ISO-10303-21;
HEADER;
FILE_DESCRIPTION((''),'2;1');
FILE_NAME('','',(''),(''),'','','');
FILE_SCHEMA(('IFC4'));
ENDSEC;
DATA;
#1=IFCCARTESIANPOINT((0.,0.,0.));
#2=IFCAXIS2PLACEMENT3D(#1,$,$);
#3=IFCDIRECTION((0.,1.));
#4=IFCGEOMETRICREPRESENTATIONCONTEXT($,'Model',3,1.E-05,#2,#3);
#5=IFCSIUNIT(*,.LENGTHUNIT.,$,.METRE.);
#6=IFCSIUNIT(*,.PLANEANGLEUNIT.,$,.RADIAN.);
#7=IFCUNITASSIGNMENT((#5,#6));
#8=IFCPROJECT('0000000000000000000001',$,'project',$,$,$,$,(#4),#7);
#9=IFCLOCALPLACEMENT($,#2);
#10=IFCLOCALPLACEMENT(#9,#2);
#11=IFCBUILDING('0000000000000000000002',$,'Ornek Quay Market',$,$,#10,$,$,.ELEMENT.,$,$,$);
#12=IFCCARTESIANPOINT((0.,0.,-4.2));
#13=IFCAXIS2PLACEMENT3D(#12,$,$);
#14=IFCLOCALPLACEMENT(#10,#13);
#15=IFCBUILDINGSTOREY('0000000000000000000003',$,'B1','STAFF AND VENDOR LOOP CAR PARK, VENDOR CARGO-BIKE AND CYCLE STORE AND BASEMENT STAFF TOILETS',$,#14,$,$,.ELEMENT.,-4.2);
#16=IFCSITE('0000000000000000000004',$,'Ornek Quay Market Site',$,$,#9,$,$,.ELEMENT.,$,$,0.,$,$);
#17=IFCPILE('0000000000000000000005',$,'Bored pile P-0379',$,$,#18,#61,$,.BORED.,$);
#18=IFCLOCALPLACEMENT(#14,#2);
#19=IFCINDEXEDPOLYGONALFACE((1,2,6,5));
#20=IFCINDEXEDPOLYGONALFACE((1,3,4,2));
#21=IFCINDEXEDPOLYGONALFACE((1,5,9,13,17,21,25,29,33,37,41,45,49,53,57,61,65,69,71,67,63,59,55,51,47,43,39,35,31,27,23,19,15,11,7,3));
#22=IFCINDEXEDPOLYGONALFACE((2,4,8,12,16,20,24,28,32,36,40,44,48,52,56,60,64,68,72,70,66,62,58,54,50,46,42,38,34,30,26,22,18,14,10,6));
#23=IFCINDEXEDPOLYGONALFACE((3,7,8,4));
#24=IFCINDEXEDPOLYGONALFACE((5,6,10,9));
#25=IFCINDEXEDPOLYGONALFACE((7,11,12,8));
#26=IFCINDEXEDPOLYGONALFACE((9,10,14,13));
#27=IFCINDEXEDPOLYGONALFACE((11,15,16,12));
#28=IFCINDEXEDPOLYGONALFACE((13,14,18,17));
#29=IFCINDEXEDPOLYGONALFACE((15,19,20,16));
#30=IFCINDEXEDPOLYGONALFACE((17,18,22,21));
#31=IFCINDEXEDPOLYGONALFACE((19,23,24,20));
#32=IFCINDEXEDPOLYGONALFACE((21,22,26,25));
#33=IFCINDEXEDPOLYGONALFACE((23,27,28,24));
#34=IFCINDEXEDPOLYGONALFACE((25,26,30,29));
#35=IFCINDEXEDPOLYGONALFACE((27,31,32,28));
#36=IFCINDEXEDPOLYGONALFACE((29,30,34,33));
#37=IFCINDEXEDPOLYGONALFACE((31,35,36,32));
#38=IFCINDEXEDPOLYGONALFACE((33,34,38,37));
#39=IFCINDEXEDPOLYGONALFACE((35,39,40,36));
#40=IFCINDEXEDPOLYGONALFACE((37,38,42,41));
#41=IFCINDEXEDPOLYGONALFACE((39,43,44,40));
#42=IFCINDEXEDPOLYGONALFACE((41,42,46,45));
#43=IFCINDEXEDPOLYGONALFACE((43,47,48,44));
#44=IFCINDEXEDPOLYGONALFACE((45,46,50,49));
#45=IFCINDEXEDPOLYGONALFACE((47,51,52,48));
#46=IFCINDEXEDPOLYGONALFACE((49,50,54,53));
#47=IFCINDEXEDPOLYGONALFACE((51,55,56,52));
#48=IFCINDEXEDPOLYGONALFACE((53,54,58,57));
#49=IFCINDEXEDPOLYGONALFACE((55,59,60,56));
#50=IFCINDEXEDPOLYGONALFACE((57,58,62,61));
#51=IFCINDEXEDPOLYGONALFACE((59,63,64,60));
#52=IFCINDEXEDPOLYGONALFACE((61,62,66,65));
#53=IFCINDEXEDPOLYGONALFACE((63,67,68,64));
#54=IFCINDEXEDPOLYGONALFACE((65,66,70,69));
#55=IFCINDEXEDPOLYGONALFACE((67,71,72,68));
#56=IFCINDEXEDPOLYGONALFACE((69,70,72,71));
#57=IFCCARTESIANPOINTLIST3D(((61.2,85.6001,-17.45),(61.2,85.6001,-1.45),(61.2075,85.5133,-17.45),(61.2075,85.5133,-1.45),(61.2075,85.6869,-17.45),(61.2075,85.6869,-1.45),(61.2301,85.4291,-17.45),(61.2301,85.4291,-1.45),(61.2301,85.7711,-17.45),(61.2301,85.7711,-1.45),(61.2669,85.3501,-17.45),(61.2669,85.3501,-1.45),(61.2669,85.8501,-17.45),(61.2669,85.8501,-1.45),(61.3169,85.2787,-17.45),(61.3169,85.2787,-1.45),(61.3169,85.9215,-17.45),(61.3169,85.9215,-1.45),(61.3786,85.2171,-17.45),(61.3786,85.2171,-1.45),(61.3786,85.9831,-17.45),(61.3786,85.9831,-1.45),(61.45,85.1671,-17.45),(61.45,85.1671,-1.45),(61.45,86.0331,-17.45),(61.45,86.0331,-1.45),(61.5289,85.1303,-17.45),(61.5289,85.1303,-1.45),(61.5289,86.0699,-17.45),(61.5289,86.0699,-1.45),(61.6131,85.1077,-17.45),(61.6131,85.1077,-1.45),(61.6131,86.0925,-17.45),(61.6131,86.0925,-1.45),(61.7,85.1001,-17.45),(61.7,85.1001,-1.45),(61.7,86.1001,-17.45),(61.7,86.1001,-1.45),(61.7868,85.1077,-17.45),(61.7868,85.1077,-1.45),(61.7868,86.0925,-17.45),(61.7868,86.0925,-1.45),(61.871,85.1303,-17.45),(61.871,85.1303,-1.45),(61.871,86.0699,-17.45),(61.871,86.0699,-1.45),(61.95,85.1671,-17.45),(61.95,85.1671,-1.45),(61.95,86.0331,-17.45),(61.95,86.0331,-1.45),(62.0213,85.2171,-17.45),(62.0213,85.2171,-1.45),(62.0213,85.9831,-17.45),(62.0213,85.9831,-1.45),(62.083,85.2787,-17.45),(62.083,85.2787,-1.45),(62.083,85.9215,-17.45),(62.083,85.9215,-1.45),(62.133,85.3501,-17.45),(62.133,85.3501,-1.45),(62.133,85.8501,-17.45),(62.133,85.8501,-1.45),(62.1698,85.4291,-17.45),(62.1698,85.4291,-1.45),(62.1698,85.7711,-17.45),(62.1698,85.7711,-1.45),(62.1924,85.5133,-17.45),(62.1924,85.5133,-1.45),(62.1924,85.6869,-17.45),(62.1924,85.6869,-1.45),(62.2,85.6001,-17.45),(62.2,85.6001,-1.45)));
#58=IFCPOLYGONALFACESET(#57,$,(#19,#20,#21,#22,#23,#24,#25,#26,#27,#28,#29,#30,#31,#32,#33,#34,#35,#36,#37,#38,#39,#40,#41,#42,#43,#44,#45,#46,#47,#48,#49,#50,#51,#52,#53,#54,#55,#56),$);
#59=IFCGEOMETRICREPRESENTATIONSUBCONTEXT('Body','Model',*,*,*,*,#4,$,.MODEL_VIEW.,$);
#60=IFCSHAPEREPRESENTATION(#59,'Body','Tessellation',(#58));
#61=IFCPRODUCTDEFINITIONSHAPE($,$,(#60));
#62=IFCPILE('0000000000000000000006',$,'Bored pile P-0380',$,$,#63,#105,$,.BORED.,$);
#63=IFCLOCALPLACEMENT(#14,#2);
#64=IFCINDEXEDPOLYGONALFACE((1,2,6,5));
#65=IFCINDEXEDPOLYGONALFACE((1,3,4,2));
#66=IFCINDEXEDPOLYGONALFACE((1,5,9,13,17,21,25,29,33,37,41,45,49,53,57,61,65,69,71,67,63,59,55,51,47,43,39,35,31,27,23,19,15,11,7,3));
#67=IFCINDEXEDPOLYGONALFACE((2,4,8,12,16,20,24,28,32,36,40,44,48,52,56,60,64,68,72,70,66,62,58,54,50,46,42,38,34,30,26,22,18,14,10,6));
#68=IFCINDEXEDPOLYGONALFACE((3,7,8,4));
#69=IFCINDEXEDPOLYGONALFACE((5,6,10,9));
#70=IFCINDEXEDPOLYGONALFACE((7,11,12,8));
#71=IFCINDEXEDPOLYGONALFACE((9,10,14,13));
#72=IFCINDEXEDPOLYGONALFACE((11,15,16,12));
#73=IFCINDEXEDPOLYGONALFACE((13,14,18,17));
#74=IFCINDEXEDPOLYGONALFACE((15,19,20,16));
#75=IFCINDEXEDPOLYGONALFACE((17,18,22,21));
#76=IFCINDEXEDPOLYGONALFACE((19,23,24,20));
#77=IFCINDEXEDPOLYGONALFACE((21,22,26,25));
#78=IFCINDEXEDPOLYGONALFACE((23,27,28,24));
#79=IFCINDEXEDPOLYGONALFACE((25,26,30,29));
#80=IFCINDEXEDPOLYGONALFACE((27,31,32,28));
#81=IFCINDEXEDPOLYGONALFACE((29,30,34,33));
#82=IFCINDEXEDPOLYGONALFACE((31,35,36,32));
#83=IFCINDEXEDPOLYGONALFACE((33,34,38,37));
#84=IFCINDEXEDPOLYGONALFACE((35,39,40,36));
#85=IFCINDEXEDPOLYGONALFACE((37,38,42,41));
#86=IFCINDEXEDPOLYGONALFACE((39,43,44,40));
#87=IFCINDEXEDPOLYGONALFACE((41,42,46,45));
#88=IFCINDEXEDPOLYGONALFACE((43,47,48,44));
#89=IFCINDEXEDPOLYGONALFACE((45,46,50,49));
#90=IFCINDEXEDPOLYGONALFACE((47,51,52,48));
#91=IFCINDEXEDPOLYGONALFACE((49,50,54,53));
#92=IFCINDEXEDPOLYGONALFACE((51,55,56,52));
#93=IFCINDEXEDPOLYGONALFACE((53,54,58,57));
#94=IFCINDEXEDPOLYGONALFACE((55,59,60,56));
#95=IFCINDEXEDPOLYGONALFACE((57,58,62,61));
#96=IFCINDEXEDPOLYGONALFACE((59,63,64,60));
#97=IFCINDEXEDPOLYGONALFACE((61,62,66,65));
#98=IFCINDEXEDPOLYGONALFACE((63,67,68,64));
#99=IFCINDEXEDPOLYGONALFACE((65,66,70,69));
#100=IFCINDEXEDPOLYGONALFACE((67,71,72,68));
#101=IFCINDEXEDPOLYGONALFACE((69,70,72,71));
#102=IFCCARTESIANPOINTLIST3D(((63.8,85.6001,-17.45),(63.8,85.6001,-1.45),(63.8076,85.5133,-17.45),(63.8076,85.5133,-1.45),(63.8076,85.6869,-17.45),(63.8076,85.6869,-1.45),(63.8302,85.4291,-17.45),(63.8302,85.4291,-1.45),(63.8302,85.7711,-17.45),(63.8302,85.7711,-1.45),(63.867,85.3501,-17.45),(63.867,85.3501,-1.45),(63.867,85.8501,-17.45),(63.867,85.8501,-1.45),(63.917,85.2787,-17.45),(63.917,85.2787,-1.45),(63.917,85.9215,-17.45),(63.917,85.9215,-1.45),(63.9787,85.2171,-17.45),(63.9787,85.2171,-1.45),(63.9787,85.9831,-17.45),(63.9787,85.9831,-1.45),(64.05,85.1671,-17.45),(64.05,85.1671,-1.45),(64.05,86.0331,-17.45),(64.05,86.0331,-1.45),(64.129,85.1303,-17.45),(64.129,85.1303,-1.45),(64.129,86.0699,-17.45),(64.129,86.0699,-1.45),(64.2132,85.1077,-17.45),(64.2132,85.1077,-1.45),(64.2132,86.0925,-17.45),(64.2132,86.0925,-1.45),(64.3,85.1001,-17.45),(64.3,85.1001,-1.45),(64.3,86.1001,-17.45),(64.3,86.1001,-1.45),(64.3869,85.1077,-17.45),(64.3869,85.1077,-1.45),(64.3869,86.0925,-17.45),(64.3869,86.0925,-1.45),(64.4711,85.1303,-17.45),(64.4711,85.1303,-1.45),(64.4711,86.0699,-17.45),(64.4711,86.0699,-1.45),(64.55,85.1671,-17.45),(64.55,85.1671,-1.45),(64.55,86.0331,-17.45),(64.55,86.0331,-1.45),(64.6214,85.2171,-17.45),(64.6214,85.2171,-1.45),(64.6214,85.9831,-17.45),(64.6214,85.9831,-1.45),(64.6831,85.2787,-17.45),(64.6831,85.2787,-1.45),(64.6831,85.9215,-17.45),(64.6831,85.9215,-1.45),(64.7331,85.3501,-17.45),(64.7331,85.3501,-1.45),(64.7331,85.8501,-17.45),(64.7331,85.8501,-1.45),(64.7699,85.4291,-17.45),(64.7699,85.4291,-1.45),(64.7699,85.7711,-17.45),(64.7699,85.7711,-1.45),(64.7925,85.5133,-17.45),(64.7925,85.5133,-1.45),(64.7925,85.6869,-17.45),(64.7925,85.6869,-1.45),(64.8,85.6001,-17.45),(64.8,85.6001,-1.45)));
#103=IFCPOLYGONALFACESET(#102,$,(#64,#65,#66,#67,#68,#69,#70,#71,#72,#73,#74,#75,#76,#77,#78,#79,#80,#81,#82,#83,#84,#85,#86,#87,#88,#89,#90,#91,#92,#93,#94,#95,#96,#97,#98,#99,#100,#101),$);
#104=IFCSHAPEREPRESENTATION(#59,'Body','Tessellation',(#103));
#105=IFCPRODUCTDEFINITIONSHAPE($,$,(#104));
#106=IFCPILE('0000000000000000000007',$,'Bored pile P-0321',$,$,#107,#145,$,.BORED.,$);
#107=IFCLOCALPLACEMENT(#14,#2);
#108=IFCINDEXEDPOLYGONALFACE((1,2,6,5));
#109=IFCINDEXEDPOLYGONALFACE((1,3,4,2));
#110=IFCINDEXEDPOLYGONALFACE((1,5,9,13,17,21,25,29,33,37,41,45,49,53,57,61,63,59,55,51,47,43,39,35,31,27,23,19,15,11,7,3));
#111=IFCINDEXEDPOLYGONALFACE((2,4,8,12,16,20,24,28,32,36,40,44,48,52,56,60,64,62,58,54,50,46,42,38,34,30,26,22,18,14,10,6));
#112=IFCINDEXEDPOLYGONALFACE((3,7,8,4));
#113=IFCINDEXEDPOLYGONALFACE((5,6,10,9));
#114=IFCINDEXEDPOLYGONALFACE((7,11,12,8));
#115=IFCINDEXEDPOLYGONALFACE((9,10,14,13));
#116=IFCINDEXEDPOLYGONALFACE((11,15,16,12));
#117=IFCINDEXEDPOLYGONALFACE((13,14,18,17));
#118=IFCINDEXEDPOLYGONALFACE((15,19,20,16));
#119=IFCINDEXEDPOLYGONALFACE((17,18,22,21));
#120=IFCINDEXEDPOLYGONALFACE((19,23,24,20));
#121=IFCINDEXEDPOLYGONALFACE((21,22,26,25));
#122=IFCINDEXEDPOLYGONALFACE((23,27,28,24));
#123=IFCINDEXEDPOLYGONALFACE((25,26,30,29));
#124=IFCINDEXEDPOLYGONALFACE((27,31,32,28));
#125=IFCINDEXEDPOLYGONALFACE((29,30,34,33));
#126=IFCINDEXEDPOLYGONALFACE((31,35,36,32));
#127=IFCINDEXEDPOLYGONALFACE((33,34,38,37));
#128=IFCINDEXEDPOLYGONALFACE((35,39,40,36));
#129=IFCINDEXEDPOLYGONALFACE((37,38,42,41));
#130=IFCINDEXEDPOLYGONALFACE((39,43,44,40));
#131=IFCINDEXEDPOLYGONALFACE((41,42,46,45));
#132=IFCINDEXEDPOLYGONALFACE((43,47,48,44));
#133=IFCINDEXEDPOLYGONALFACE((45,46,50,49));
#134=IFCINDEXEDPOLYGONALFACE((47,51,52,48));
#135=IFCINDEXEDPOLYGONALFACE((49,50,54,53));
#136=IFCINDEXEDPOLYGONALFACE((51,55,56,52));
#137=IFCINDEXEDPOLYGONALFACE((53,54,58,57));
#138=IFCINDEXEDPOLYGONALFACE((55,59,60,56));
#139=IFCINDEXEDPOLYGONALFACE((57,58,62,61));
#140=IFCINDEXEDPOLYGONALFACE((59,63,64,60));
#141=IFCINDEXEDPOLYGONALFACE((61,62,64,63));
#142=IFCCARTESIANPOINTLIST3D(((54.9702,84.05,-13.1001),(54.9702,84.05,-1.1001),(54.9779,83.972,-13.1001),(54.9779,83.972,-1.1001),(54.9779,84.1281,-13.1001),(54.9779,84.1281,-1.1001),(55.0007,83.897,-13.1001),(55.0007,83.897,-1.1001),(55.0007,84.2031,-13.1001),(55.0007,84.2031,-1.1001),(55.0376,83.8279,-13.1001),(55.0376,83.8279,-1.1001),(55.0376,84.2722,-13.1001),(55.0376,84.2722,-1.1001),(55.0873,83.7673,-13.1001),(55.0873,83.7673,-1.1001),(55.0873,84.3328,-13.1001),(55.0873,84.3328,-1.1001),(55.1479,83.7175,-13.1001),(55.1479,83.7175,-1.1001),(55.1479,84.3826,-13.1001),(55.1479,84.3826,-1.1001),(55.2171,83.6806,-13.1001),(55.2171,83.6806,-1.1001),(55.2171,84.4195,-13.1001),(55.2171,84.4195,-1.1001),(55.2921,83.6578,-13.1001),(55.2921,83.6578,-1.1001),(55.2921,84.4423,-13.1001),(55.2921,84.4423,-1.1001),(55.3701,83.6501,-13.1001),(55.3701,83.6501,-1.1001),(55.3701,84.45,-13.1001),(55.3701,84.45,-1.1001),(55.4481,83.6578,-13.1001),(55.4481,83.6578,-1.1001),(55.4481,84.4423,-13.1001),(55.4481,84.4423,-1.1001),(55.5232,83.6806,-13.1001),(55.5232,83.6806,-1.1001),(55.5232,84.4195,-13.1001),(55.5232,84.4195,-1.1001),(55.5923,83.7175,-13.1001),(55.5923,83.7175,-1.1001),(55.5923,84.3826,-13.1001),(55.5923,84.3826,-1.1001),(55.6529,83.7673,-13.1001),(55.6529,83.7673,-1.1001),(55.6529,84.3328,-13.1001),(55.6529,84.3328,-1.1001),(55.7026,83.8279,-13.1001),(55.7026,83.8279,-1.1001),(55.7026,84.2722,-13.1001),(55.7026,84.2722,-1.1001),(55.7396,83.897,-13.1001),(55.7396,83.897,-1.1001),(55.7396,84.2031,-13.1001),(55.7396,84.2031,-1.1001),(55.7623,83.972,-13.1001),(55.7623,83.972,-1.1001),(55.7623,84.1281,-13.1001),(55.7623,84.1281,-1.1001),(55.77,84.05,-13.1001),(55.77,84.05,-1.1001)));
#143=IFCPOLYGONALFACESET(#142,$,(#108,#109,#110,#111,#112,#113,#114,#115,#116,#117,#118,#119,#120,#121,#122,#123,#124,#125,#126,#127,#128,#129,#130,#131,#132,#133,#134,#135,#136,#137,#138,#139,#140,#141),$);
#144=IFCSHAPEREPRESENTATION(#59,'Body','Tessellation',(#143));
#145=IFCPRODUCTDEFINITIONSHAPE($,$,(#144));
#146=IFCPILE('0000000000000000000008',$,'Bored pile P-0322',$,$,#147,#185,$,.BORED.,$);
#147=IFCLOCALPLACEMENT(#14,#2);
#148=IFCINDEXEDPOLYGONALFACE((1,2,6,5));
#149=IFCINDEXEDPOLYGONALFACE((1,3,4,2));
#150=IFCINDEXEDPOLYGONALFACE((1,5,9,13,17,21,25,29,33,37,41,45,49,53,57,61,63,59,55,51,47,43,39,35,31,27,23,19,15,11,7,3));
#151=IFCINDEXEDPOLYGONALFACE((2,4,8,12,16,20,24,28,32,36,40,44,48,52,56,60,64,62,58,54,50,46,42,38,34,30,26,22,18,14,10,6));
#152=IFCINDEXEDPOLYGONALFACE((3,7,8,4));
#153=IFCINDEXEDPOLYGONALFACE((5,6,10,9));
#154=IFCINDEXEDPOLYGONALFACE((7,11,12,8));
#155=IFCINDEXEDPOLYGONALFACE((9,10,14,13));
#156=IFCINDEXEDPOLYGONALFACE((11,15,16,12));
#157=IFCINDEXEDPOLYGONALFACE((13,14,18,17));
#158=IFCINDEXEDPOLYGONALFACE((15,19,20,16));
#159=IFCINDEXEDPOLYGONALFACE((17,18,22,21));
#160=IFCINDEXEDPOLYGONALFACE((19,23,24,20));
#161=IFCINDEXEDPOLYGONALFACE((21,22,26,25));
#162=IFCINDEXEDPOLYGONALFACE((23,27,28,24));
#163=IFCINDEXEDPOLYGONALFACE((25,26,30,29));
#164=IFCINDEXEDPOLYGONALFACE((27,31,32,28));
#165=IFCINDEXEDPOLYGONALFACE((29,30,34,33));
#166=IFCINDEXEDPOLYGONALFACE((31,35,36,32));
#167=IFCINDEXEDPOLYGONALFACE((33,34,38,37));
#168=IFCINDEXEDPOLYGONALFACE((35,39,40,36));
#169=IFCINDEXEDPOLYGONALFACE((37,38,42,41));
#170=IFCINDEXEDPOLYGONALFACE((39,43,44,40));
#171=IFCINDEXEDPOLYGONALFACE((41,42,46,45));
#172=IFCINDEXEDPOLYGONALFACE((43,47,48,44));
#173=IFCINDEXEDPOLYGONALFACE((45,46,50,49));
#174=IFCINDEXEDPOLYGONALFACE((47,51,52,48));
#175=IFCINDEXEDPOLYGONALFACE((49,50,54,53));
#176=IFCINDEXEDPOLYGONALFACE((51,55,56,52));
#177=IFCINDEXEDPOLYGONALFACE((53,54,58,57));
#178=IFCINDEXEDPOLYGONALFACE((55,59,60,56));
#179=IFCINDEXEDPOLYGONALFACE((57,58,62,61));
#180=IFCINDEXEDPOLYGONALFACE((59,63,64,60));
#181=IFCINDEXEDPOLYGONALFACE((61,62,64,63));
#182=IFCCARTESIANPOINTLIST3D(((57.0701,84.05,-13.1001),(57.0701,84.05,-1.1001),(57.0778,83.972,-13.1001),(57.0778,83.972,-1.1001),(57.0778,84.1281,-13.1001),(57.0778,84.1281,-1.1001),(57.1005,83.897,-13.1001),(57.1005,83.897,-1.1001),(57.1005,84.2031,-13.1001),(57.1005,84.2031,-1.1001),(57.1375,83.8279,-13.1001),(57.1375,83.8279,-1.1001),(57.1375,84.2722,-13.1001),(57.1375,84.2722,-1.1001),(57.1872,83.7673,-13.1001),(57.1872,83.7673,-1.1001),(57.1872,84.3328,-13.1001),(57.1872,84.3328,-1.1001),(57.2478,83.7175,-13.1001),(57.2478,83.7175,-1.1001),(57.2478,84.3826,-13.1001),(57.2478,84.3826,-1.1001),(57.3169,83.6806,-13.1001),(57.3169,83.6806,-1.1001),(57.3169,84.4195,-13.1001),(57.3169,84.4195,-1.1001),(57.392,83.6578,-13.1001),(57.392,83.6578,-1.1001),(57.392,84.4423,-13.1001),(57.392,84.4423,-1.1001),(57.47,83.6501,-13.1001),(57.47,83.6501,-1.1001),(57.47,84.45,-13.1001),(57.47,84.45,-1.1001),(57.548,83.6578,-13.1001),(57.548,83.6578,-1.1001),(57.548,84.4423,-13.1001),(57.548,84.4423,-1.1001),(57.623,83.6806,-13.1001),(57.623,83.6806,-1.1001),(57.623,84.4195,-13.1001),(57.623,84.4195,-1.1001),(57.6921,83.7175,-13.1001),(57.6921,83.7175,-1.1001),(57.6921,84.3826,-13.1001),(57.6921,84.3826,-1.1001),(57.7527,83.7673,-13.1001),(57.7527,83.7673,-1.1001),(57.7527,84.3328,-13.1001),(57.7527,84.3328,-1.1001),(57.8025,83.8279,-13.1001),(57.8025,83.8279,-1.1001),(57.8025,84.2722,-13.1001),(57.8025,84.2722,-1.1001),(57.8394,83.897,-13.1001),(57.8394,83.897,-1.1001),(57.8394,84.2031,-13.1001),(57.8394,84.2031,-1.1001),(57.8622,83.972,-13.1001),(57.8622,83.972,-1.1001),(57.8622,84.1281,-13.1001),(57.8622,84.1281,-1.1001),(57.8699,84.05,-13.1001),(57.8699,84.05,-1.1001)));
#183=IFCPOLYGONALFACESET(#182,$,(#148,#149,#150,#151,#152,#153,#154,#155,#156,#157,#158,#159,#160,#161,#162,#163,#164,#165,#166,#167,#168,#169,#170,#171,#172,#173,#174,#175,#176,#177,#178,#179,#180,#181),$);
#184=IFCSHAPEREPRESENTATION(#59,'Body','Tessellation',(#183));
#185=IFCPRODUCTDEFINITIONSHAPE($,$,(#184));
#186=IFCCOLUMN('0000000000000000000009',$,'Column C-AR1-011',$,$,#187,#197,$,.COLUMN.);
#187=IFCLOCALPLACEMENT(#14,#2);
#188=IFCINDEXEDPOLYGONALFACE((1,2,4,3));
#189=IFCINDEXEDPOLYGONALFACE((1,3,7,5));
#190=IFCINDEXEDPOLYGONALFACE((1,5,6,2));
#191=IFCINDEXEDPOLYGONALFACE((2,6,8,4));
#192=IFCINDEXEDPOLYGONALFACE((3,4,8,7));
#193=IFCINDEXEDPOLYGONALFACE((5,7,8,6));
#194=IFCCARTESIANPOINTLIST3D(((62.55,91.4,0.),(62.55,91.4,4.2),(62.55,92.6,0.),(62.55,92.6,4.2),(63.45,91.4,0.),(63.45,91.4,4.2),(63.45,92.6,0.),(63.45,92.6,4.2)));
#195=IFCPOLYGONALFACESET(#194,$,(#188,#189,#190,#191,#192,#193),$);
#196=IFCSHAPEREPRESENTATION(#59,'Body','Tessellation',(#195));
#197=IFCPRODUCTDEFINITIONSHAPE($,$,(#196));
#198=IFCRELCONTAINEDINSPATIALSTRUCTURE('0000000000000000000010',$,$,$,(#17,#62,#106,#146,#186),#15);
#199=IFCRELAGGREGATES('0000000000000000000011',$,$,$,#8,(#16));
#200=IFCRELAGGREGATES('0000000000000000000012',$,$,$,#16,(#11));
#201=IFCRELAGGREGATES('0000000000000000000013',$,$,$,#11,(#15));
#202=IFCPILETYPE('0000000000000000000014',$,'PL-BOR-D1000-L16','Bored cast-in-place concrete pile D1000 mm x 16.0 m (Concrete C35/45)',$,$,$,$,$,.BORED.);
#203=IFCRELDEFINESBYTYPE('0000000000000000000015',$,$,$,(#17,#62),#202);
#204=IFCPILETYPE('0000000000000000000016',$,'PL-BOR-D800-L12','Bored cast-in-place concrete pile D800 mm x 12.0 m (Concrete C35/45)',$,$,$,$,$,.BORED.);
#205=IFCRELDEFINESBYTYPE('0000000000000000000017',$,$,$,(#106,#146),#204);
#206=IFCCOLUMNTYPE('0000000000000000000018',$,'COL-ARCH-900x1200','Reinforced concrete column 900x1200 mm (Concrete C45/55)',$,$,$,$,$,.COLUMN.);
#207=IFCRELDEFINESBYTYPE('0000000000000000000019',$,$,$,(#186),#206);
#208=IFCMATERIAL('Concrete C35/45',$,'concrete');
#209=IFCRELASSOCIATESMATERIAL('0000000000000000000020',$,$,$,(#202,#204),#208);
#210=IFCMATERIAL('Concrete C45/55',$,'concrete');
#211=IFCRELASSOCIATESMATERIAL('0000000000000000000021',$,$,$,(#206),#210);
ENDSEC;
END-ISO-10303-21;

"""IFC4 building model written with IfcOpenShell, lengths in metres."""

from ifc_helpers import new_model, si_unit, direction, frame, origin, origin_2d, place, context, subcontext, project, spatial, rectangle, circle, extrude, material, material_profile, profile_set, type_object, element, save


model = new_model("IFC4")

# Units and contexts
model_context = context("Model", 3, precision=1e-05, world=origin(), true_north=direction((0.0, 1.0)))
body_context = subcontext(model_context, "Body", "Model", "MODEL_VIEW")
ifc_project = project(units=[si_unit("LENGTHUNIT", "METRE"), si_unit("PLANEANGLEUNIT", "RADIAN")], contexts=[model_context])

# Site, building, storey
site_placement = place(None, origin())
site = spatial("IfcSite", under=ifc_project, at=site_placement, Name="Ornek Quay Market Site", CompositionType="ELEMENT", RefElevation=0.0)
building_placement = place(site_placement, origin())
building = spatial("IfcBuilding", under=site, at=building_placement, Name="Ornek Quay Market", CompositionType="ELEMENT")
storey_placement = place(building_placement, frame((0.0, 0.0, -4.2)))
storey = spatial("IfcBuildingStorey", under=building, at=storey_placement, Name="B1", Description="STAFF AND VENDOR LOOP CAR PARK, VENDOR CARGO-BIKE AND CYCLE STORE AND BASEMENT STAFF TOILETS", CompositionType="ELEMENT", Elevation=-4.2)

# Piles
ifc_material_1 = material(Name="Concrete C35/45", Category="concrete")
ifc_material_profile_1 = material_profile(ifc_material_1, circle(Radius=0.5, at=origin_2d()), Name="PILE D1000", Category="concrete")
ifc_profile_set_1 = profile_set([ifc_material_profile_1], Name="Concrete C35/45")
pile_type_1 = type_object("IfcPileType", Name="PL-BOR-D1000-L16", Description="Bored cast-in-place concrete pile D1000 mm x 16.0 m (Concrete C35/45)", PredefinedType="BORED", material=ifc_profile_set_1)
for number, where, z_axis, x_axis, name in (
    (1, (61.7, 85.6001, -1.45), (0.0, 0.0, -1.0), (1.0, 0.0, 0.0), "Bored pile P-0379"),
    (2, (64.3, 85.6001, -1.45), (0.0, 0.0, -1.0), (1.0, 0.0, 0.0), "Bored pile P-0380"),
):
    element("IfcPile", number, at=place(storey_placement, frame(where, z_axis=z_axis, x_axis=x_axis)), inside=storey, type_object=pile_type_1, Name=name, PredefinedType="BORED", context=body_context, shape_type="SweptSolid", body=[
        extrude(circle(Radius=0.5, at=origin_2d()), origin(), (0.0, 0.0, 1.0), 16.0),
    ])
ifc_material_profile_2 = material_profile(ifc_material_1, circle(Radius=0.3999, at=origin_2d()), Name="PILE D800", Category="concrete")
ifc_profile_set_2 = profile_set([ifc_material_profile_2], Name="Concrete C35/45")
pile_type_2 = type_object("IfcPileType", Name="PL-BOR-D800-L12", Description="Bored cast-in-place concrete pile D800 mm x 12.0 m (Concrete C35/45)", PredefinedType="BORED", material=ifc_profile_set_2)
for number, where, z_axis, x_axis, name in (
    (3, (55.3701, 84.05, -1.1001), (0.0, 0.0, -1.0), (1.0, 0.0, 0.0), "Bored pile P-0321"),
    (4, (57.47, 84.05, -1.1001), (0.0, 0.0, -1.0), (1.0, 0.0, 0.0), "Bored pile P-0322"),
):
    element("IfcPile", number, at=place(storey_placement, frame(where, z_axis=z_axis, x_axis=x_axis)), inside=storey, type_object=pile_type_2, Name=name, PredefinedType="BORED", context=body_context, shape_type="SweptSolid", body=[
        extrude(circle(Radius=0.3999, at=origin_2d()), origin(), (0.0, 0.0, 1.0), 12.0),
    ])

# Column
ifc_material_2 = material(Name="Concrete C45/55", Category="concrete")
ifc_material_profile_3 = material_profile(ifc_material_2, rectangle(XDim=0.8999, YDim=1.2, at=origin_2d()), Name="RC 900x1200", Category="concrete")
ifc_profile_set_3 = profile_set([ifc_material_profile_3], Name="Concrete C45/55")
column_type_1 = type_object("IfcColumnType", Name="COL-ARCH-900x1200", Description="Reinforced concrete column 900x1200 mm (Concrete C45/55)", PredefinedType="COLUMN", material=ifc_profile_set_3)
column_1_placement = place(storey_placement, frame((63.0, 92.0, 0.0), z_axis=(0.0, 0.0, 1.0), x_axis=(1.0, 0.0, 0.0)))
element("IfcColumn", 5, at=column_1_placement, inside=storey, type_object=column_type_1, Name="Column C-AR1-011", PredefinedType="COLUMN", context=body_context, shape_type="SweptSolid", body=[
    extrude(rectangle(XDim=0.8999, YDim=1.2, at=origin_2d()), origin(), (0.0, 0.0, 1.0), 4.2),
])

save(model, "model.ifc")
